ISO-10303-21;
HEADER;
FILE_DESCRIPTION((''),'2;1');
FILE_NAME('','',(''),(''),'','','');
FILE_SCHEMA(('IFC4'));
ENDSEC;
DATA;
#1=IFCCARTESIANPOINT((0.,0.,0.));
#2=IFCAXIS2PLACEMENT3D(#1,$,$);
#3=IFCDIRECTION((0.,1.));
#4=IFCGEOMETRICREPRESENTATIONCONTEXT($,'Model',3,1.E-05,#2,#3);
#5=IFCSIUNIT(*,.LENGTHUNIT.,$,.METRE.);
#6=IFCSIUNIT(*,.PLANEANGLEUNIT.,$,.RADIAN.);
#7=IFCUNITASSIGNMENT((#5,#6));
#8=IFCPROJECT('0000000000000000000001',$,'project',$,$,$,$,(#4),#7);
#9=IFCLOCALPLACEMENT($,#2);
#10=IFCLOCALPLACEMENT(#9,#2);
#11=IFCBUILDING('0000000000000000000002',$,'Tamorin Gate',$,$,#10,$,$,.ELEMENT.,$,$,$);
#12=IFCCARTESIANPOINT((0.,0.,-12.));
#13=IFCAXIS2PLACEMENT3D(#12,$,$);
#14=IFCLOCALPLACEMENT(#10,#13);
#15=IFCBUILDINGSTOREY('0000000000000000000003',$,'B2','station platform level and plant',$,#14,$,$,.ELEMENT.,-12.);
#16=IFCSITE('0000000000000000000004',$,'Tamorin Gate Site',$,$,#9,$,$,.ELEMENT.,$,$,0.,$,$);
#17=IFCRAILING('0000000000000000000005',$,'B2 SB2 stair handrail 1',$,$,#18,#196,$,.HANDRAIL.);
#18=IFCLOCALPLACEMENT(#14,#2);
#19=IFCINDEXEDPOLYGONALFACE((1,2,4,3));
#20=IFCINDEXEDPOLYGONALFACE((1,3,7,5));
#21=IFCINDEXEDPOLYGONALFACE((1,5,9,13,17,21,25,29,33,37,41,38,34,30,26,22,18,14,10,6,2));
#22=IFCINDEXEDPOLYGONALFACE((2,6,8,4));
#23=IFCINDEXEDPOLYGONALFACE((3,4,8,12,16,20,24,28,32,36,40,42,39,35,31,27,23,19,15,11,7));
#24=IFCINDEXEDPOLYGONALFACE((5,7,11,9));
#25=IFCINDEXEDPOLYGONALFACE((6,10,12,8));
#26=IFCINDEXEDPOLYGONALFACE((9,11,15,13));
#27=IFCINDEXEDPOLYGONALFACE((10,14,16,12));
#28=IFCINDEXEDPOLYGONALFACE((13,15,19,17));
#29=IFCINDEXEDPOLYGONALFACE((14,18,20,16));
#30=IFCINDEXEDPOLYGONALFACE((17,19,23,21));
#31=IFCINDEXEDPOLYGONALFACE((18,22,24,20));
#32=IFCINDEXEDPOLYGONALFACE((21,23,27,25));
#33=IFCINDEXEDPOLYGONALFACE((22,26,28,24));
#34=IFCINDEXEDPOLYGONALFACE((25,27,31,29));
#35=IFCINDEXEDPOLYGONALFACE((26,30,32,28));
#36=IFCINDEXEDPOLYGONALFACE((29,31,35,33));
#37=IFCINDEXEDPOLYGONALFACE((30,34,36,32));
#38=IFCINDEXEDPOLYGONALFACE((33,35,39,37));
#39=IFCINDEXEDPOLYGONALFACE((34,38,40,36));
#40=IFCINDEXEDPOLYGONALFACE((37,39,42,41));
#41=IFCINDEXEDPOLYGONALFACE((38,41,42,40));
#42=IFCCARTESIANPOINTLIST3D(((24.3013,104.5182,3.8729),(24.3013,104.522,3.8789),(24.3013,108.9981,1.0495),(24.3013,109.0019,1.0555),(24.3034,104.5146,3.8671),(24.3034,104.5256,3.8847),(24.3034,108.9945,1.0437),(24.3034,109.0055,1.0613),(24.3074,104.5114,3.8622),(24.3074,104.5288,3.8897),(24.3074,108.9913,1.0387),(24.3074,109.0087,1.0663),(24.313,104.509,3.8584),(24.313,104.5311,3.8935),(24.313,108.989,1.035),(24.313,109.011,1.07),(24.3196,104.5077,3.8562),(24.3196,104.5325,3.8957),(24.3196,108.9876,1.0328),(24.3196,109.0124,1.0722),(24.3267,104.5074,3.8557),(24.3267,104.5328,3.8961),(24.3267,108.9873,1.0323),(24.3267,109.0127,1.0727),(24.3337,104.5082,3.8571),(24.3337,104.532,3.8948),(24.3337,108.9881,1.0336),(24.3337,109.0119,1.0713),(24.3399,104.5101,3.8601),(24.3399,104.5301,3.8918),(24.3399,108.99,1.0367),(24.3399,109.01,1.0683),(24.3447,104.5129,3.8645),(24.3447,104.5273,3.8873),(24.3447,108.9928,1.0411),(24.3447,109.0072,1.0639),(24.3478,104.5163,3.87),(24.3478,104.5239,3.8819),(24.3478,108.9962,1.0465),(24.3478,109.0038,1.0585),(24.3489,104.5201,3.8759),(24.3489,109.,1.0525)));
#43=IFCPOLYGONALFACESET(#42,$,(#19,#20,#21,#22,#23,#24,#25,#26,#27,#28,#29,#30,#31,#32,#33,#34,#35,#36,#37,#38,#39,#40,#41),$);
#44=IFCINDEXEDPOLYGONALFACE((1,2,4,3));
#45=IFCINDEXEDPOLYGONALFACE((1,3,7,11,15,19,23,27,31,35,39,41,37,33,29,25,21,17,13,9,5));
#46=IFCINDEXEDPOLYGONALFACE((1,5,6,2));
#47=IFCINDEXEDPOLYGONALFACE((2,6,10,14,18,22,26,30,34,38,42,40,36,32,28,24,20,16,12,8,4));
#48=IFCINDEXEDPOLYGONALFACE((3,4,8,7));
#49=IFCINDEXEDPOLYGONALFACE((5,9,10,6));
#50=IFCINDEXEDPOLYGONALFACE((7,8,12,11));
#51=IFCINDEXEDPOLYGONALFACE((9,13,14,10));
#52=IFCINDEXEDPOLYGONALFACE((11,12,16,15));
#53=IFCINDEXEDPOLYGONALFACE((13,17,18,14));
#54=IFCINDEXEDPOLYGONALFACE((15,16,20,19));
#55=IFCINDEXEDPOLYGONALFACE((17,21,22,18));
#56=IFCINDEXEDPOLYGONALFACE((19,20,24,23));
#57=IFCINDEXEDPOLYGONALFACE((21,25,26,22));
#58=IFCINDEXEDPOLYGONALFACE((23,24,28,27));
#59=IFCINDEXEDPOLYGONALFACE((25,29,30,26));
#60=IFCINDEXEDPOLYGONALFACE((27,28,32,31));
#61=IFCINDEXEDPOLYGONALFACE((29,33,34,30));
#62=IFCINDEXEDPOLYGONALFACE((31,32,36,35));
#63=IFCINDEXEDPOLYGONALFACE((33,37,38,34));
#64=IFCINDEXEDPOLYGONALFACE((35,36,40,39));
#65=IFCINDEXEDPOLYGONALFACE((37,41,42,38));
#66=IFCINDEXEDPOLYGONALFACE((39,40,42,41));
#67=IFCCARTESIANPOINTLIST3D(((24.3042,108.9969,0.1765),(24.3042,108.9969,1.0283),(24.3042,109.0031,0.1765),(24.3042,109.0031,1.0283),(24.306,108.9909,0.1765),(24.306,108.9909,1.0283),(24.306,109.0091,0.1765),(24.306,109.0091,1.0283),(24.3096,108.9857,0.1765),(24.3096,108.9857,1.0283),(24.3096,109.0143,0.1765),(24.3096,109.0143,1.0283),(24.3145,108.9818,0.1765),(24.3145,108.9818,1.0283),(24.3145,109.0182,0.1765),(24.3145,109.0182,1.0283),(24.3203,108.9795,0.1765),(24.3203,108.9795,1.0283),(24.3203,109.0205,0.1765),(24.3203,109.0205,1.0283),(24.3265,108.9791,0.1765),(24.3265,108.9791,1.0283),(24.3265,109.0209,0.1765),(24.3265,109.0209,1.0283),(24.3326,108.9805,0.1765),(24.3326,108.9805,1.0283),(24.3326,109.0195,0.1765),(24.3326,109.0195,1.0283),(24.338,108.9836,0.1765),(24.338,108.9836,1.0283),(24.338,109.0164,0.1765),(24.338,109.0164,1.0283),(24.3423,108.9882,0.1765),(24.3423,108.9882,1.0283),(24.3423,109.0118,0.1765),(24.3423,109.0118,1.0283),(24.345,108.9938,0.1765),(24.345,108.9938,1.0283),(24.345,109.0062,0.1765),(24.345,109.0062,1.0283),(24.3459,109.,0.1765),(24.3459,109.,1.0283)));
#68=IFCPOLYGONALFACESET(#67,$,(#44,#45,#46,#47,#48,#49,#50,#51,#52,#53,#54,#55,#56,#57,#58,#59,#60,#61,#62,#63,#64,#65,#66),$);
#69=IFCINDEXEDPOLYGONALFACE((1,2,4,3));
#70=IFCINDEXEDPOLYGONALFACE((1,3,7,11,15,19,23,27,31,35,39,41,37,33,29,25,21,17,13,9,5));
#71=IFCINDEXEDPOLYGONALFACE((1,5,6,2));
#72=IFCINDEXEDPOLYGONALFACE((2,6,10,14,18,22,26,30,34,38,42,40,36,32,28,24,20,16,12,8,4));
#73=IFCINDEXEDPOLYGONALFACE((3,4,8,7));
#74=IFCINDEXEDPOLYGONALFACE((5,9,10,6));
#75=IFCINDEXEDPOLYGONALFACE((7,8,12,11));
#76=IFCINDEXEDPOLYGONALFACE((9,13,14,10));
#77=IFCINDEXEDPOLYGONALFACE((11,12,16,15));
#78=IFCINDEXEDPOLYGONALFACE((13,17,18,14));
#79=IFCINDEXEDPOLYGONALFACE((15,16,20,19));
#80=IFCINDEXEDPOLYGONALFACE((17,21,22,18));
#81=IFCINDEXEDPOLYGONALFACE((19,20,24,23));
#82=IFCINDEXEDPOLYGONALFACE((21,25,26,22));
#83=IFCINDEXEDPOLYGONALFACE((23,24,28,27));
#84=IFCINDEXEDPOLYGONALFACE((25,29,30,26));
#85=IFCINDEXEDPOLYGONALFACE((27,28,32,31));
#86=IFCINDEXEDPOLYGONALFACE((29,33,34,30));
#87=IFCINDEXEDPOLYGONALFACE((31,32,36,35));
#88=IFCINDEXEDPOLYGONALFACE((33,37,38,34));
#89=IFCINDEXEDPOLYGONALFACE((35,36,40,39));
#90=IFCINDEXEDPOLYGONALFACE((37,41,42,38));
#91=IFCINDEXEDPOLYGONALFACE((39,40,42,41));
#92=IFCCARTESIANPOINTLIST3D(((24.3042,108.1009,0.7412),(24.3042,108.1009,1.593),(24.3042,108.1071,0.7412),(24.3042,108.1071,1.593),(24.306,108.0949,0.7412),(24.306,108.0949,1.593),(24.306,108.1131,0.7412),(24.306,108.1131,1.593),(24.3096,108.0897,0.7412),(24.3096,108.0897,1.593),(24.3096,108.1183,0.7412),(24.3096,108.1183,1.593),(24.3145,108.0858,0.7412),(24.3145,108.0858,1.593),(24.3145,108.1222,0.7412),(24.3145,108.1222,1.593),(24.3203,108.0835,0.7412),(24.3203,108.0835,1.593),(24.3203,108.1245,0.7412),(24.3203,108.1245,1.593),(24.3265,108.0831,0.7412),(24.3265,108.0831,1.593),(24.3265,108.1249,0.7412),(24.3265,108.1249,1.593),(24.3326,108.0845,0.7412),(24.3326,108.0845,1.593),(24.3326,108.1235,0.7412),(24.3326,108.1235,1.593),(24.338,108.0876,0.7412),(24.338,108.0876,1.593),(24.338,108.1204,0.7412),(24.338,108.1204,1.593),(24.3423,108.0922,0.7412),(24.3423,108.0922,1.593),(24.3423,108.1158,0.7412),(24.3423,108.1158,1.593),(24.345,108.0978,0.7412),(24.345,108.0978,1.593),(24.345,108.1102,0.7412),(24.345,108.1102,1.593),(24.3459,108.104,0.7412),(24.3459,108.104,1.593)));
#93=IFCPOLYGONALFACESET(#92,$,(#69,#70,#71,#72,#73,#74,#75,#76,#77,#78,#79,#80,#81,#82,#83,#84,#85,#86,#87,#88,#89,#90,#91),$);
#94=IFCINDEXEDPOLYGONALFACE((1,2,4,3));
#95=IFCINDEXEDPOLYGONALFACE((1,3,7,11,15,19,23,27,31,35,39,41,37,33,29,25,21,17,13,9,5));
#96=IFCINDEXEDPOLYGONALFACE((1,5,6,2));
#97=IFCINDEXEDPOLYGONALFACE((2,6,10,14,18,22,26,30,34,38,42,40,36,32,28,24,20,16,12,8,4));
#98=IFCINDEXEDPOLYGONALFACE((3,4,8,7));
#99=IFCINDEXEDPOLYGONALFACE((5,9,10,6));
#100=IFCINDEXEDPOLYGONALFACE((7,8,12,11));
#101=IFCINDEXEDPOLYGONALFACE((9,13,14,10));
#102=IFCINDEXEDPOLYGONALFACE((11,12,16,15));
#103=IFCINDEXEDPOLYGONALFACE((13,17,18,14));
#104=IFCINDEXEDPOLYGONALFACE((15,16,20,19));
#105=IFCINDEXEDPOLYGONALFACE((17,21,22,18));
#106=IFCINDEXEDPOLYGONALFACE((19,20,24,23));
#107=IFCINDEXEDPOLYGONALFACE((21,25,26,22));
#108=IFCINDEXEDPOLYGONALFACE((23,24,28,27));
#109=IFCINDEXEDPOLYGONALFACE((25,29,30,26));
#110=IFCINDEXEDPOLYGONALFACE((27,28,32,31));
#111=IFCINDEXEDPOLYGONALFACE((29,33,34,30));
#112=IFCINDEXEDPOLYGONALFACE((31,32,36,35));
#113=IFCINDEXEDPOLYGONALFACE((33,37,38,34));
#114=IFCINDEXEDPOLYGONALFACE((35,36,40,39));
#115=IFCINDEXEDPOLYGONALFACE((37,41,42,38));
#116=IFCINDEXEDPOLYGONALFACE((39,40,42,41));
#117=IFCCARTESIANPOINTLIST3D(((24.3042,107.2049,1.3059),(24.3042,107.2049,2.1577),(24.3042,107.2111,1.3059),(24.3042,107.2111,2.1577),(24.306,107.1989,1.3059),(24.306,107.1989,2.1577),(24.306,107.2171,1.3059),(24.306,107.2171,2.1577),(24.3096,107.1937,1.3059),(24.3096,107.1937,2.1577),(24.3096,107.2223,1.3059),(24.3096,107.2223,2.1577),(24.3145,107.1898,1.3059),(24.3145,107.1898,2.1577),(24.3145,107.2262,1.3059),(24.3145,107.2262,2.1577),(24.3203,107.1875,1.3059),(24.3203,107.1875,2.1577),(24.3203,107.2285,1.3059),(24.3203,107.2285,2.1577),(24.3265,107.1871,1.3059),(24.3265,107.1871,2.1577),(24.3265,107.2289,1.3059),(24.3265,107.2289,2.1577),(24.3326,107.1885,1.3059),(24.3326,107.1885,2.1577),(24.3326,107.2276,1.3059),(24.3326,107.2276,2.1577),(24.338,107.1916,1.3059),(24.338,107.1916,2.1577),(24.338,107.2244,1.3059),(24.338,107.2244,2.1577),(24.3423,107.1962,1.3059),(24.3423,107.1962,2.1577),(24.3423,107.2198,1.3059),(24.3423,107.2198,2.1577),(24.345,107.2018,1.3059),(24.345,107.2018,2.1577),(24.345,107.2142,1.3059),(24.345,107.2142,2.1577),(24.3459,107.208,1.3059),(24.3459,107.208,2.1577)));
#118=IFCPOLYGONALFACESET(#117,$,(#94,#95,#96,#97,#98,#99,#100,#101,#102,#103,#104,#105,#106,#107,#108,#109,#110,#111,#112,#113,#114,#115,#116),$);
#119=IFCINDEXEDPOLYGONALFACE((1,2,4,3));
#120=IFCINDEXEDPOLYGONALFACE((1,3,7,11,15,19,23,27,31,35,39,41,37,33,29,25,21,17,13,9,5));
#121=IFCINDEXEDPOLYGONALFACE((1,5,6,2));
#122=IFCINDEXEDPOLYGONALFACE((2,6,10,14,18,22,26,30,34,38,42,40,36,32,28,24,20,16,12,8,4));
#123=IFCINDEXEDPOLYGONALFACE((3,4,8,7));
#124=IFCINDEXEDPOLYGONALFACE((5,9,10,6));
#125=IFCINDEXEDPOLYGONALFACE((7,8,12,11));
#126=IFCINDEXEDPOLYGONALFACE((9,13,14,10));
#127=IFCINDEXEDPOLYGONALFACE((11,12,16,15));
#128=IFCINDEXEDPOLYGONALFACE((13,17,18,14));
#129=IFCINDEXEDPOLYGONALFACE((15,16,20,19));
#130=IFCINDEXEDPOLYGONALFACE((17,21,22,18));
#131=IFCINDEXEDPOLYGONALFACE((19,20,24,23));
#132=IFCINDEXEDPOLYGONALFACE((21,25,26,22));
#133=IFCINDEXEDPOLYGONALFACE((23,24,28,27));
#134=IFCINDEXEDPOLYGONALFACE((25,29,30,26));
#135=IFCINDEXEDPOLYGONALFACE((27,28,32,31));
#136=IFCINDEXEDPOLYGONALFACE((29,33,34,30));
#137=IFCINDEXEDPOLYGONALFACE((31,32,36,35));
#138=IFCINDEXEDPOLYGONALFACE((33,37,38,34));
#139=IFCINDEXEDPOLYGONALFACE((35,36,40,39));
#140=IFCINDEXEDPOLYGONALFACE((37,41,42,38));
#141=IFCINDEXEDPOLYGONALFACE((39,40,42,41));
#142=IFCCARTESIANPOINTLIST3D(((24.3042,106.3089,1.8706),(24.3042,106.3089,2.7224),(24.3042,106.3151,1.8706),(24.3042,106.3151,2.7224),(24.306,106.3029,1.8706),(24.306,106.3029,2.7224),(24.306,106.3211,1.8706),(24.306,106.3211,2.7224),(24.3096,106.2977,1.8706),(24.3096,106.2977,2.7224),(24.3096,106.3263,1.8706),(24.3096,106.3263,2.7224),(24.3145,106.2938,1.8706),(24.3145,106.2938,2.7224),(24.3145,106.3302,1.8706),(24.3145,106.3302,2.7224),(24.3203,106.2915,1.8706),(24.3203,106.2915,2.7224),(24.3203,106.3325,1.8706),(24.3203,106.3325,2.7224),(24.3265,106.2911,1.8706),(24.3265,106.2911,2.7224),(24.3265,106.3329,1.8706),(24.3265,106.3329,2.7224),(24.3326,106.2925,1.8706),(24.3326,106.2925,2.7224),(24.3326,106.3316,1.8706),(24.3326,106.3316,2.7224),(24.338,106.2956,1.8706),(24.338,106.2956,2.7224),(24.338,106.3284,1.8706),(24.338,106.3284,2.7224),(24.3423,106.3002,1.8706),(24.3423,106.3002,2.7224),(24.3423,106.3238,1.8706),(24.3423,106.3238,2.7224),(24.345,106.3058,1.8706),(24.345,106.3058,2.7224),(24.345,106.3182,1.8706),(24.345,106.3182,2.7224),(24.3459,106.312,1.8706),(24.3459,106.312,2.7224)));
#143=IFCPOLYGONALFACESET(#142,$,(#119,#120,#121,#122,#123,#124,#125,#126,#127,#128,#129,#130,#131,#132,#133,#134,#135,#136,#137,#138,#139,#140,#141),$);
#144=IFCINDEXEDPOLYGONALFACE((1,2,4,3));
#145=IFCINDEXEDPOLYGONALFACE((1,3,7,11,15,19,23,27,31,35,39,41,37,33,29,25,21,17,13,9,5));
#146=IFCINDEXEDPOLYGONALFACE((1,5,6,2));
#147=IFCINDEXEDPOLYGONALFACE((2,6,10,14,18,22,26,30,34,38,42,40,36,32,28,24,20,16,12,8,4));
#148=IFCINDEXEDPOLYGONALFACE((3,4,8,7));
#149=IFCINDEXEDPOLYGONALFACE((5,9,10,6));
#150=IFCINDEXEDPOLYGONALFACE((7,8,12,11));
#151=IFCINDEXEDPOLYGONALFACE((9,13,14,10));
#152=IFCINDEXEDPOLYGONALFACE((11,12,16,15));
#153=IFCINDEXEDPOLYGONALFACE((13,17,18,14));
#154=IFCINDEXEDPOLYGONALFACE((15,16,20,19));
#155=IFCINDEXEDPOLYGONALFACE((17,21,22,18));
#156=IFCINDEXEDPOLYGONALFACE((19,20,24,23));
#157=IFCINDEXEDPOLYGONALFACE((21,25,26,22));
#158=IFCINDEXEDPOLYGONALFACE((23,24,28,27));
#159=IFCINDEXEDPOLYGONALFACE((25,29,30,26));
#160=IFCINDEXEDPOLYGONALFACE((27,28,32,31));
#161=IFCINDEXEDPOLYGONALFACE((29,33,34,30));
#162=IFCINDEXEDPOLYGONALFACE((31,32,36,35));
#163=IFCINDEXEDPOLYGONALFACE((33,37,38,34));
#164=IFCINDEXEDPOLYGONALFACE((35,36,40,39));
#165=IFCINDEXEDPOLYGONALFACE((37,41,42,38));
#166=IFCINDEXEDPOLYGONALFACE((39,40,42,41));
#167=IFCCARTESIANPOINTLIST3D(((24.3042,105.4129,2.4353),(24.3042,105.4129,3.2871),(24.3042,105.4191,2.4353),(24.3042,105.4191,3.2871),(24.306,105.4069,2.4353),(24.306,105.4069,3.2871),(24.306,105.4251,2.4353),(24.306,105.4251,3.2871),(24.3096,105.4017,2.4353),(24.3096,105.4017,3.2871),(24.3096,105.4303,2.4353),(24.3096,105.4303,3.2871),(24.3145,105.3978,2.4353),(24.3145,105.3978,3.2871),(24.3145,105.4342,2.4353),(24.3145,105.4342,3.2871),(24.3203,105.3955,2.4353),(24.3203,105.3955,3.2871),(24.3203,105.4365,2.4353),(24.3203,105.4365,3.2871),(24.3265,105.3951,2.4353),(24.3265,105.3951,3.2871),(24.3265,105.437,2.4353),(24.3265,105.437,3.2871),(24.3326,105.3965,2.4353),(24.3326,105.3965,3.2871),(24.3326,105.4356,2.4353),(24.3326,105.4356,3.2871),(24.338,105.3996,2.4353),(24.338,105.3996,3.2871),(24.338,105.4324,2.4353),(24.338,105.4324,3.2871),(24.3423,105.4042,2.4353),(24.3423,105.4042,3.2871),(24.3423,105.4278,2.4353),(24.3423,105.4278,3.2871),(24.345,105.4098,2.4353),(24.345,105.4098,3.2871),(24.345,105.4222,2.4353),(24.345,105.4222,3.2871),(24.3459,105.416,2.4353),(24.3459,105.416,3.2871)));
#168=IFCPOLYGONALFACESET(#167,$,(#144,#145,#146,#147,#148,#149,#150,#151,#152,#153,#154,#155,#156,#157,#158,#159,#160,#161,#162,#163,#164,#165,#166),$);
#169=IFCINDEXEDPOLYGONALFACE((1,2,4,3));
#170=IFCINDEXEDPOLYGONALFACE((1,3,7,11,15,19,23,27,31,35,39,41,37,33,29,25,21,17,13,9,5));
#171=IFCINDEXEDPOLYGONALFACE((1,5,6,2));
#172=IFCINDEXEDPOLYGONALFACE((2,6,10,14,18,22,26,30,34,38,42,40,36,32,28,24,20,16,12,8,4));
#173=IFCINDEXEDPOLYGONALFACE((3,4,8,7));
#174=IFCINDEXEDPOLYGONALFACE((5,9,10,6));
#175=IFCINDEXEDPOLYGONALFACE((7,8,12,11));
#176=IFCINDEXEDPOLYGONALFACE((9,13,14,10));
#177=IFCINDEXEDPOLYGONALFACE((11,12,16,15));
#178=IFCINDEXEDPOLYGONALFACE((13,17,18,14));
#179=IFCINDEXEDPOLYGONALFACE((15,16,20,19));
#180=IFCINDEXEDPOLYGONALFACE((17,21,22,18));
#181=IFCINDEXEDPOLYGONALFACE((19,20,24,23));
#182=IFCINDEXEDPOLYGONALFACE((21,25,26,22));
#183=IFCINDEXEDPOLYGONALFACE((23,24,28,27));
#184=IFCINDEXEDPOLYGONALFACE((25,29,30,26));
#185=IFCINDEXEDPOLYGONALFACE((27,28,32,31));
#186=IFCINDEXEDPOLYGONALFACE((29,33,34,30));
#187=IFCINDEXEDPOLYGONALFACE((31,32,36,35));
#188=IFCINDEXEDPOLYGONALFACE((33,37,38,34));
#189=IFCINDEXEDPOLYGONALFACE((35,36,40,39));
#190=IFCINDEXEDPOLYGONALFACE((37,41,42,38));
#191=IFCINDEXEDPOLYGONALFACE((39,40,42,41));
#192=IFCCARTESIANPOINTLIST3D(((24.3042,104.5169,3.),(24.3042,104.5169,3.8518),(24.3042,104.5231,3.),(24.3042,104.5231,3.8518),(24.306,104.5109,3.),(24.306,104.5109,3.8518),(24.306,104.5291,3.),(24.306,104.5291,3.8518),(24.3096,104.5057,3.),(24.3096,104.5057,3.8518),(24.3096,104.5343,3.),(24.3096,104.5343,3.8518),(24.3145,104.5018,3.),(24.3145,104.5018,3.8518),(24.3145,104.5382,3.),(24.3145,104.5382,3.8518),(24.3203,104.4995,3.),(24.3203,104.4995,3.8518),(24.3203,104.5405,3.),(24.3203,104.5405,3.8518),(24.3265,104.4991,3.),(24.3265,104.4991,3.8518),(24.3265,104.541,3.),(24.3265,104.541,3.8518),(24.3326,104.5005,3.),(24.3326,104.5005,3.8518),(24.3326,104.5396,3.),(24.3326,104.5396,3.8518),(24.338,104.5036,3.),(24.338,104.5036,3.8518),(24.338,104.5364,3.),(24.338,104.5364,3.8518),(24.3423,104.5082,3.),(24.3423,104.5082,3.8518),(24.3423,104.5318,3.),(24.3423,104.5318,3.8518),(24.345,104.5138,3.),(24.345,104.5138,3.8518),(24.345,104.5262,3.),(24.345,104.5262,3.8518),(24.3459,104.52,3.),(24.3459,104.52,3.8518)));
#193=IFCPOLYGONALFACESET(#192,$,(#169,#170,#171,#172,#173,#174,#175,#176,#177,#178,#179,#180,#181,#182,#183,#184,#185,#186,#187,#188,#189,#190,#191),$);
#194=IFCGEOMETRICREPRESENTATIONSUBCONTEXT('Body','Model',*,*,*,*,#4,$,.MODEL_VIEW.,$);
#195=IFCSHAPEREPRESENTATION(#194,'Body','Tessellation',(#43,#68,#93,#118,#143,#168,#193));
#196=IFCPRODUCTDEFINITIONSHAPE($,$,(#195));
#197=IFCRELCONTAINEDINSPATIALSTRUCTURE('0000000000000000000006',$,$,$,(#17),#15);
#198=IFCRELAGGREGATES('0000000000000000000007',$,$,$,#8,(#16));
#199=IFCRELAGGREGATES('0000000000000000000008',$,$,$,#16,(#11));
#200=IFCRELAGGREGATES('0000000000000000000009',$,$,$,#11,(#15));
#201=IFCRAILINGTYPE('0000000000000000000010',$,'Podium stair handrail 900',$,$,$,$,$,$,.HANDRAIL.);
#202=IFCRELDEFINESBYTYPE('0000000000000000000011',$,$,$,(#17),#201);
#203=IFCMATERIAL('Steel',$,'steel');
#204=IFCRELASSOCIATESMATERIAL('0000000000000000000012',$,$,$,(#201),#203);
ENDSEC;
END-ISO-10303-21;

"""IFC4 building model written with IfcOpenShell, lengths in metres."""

from ifc_helpers import new_model, si_unit, direction, frame, origin, origin_2d, place, context, subcontext, project, spatial, circle, extrude, material, type_object, element, save


model = new_model("IFC4")

# Units and contexts
model_context = context("Model", 3, precision=1e-05, world=origin(), true_north=direction((0.0, 1.0)))
body_context = subcontext(model_context, "Body", "Model", "MODEL_VIEW")
ifc_project = project(units=[si_unit("LENGTHUNIT", "METRE"), si_unit("PLANEANGLEUNIT", "RADIAN")], contexts=[model_context])

# Site, building, storey
site_placement = place(None, origin())
site = spatial("IfcSite", under=ifc_project, at=site_placement, Name="Tamorin Gate Site", CompositionType="ELEMENT", RefElevation=0.0)
building_placement = place(site_placement, origin())
building = spatial("IfcBuilding", under=site, at=building_placement, Name="Tamorin Gate", CompositionType="ELEMENT")
storey_placement = place(building_placement, frame((0.0, 0.0, -12.0)))
storey = spatial("IfcBuildingStorey", under=building, at=storey_placement, Name="B2", Description="station platform level and plant", CompositionType="ELEMENT", Elevation=-12.0)

# Railing
ifc_material_1 = material(Name="Steel", Category="steel")
railing_type_1 = type_object("IfcRailingType", Name="Podium stair handrail 900", PredefinedType="HANDRAIL", material=ifc_material_1)
railing_1_placement = place(storey_placement, frame((24.325, 109.0, 0.1765)))
element("IfcRailing", 1, at=railing_1_placement, inside=storey, type_object=railing_type_1, Name="B2 SB2 stair handrail 1", PredefinedType="HANDRAIL", context=body_context, shape_type="SweptSolid", body=[
    extrude(circle(Radius=0.0239, at=origin_2d()), frame((0.0, 0.0, 0.876), z_axis=(0.0, -0.845998, 0.533186), x_axis=(1.0, 0.0, 0.0)), (0.0, 0.0, 1.0), 5.2954),
    extrude(circle(Radius=0.021, at=origin_2d()), origin(), (0.0, 0.0, 1.0), 0.8518),
    extrude(circle(Radius=0.021, at=origin_2d()), frame((0.0, -0.896, 0.5647)), (0.0, 0.0, 1.0), 0.8518),
    extrude(circle(Radius=0.021, at=origin_2d()), frame((0.0, -1.792, 1.1294)), (0.0, 0.0, 1.0), 0.8518),
    extrude(circle(Radius=0.021, at=origin_2d()), frame((0.0, -2.688, 1.6941)), (0.0, 0.0, 1.0), 0.8518),
    extrude(circle(Radius=0.021, at=origin_2d()), frame((0.0, -3.584, 2.2588)), (0.0, 0.0, 1.0), 0.8518),
    extrude(circle(Radius=0.021, at=origin_2d()), frame((0.0, -4.48, 2.8235)), (0.0, 0.0, 1.0), 0.8518),
])

save(model, "model.ifc")
